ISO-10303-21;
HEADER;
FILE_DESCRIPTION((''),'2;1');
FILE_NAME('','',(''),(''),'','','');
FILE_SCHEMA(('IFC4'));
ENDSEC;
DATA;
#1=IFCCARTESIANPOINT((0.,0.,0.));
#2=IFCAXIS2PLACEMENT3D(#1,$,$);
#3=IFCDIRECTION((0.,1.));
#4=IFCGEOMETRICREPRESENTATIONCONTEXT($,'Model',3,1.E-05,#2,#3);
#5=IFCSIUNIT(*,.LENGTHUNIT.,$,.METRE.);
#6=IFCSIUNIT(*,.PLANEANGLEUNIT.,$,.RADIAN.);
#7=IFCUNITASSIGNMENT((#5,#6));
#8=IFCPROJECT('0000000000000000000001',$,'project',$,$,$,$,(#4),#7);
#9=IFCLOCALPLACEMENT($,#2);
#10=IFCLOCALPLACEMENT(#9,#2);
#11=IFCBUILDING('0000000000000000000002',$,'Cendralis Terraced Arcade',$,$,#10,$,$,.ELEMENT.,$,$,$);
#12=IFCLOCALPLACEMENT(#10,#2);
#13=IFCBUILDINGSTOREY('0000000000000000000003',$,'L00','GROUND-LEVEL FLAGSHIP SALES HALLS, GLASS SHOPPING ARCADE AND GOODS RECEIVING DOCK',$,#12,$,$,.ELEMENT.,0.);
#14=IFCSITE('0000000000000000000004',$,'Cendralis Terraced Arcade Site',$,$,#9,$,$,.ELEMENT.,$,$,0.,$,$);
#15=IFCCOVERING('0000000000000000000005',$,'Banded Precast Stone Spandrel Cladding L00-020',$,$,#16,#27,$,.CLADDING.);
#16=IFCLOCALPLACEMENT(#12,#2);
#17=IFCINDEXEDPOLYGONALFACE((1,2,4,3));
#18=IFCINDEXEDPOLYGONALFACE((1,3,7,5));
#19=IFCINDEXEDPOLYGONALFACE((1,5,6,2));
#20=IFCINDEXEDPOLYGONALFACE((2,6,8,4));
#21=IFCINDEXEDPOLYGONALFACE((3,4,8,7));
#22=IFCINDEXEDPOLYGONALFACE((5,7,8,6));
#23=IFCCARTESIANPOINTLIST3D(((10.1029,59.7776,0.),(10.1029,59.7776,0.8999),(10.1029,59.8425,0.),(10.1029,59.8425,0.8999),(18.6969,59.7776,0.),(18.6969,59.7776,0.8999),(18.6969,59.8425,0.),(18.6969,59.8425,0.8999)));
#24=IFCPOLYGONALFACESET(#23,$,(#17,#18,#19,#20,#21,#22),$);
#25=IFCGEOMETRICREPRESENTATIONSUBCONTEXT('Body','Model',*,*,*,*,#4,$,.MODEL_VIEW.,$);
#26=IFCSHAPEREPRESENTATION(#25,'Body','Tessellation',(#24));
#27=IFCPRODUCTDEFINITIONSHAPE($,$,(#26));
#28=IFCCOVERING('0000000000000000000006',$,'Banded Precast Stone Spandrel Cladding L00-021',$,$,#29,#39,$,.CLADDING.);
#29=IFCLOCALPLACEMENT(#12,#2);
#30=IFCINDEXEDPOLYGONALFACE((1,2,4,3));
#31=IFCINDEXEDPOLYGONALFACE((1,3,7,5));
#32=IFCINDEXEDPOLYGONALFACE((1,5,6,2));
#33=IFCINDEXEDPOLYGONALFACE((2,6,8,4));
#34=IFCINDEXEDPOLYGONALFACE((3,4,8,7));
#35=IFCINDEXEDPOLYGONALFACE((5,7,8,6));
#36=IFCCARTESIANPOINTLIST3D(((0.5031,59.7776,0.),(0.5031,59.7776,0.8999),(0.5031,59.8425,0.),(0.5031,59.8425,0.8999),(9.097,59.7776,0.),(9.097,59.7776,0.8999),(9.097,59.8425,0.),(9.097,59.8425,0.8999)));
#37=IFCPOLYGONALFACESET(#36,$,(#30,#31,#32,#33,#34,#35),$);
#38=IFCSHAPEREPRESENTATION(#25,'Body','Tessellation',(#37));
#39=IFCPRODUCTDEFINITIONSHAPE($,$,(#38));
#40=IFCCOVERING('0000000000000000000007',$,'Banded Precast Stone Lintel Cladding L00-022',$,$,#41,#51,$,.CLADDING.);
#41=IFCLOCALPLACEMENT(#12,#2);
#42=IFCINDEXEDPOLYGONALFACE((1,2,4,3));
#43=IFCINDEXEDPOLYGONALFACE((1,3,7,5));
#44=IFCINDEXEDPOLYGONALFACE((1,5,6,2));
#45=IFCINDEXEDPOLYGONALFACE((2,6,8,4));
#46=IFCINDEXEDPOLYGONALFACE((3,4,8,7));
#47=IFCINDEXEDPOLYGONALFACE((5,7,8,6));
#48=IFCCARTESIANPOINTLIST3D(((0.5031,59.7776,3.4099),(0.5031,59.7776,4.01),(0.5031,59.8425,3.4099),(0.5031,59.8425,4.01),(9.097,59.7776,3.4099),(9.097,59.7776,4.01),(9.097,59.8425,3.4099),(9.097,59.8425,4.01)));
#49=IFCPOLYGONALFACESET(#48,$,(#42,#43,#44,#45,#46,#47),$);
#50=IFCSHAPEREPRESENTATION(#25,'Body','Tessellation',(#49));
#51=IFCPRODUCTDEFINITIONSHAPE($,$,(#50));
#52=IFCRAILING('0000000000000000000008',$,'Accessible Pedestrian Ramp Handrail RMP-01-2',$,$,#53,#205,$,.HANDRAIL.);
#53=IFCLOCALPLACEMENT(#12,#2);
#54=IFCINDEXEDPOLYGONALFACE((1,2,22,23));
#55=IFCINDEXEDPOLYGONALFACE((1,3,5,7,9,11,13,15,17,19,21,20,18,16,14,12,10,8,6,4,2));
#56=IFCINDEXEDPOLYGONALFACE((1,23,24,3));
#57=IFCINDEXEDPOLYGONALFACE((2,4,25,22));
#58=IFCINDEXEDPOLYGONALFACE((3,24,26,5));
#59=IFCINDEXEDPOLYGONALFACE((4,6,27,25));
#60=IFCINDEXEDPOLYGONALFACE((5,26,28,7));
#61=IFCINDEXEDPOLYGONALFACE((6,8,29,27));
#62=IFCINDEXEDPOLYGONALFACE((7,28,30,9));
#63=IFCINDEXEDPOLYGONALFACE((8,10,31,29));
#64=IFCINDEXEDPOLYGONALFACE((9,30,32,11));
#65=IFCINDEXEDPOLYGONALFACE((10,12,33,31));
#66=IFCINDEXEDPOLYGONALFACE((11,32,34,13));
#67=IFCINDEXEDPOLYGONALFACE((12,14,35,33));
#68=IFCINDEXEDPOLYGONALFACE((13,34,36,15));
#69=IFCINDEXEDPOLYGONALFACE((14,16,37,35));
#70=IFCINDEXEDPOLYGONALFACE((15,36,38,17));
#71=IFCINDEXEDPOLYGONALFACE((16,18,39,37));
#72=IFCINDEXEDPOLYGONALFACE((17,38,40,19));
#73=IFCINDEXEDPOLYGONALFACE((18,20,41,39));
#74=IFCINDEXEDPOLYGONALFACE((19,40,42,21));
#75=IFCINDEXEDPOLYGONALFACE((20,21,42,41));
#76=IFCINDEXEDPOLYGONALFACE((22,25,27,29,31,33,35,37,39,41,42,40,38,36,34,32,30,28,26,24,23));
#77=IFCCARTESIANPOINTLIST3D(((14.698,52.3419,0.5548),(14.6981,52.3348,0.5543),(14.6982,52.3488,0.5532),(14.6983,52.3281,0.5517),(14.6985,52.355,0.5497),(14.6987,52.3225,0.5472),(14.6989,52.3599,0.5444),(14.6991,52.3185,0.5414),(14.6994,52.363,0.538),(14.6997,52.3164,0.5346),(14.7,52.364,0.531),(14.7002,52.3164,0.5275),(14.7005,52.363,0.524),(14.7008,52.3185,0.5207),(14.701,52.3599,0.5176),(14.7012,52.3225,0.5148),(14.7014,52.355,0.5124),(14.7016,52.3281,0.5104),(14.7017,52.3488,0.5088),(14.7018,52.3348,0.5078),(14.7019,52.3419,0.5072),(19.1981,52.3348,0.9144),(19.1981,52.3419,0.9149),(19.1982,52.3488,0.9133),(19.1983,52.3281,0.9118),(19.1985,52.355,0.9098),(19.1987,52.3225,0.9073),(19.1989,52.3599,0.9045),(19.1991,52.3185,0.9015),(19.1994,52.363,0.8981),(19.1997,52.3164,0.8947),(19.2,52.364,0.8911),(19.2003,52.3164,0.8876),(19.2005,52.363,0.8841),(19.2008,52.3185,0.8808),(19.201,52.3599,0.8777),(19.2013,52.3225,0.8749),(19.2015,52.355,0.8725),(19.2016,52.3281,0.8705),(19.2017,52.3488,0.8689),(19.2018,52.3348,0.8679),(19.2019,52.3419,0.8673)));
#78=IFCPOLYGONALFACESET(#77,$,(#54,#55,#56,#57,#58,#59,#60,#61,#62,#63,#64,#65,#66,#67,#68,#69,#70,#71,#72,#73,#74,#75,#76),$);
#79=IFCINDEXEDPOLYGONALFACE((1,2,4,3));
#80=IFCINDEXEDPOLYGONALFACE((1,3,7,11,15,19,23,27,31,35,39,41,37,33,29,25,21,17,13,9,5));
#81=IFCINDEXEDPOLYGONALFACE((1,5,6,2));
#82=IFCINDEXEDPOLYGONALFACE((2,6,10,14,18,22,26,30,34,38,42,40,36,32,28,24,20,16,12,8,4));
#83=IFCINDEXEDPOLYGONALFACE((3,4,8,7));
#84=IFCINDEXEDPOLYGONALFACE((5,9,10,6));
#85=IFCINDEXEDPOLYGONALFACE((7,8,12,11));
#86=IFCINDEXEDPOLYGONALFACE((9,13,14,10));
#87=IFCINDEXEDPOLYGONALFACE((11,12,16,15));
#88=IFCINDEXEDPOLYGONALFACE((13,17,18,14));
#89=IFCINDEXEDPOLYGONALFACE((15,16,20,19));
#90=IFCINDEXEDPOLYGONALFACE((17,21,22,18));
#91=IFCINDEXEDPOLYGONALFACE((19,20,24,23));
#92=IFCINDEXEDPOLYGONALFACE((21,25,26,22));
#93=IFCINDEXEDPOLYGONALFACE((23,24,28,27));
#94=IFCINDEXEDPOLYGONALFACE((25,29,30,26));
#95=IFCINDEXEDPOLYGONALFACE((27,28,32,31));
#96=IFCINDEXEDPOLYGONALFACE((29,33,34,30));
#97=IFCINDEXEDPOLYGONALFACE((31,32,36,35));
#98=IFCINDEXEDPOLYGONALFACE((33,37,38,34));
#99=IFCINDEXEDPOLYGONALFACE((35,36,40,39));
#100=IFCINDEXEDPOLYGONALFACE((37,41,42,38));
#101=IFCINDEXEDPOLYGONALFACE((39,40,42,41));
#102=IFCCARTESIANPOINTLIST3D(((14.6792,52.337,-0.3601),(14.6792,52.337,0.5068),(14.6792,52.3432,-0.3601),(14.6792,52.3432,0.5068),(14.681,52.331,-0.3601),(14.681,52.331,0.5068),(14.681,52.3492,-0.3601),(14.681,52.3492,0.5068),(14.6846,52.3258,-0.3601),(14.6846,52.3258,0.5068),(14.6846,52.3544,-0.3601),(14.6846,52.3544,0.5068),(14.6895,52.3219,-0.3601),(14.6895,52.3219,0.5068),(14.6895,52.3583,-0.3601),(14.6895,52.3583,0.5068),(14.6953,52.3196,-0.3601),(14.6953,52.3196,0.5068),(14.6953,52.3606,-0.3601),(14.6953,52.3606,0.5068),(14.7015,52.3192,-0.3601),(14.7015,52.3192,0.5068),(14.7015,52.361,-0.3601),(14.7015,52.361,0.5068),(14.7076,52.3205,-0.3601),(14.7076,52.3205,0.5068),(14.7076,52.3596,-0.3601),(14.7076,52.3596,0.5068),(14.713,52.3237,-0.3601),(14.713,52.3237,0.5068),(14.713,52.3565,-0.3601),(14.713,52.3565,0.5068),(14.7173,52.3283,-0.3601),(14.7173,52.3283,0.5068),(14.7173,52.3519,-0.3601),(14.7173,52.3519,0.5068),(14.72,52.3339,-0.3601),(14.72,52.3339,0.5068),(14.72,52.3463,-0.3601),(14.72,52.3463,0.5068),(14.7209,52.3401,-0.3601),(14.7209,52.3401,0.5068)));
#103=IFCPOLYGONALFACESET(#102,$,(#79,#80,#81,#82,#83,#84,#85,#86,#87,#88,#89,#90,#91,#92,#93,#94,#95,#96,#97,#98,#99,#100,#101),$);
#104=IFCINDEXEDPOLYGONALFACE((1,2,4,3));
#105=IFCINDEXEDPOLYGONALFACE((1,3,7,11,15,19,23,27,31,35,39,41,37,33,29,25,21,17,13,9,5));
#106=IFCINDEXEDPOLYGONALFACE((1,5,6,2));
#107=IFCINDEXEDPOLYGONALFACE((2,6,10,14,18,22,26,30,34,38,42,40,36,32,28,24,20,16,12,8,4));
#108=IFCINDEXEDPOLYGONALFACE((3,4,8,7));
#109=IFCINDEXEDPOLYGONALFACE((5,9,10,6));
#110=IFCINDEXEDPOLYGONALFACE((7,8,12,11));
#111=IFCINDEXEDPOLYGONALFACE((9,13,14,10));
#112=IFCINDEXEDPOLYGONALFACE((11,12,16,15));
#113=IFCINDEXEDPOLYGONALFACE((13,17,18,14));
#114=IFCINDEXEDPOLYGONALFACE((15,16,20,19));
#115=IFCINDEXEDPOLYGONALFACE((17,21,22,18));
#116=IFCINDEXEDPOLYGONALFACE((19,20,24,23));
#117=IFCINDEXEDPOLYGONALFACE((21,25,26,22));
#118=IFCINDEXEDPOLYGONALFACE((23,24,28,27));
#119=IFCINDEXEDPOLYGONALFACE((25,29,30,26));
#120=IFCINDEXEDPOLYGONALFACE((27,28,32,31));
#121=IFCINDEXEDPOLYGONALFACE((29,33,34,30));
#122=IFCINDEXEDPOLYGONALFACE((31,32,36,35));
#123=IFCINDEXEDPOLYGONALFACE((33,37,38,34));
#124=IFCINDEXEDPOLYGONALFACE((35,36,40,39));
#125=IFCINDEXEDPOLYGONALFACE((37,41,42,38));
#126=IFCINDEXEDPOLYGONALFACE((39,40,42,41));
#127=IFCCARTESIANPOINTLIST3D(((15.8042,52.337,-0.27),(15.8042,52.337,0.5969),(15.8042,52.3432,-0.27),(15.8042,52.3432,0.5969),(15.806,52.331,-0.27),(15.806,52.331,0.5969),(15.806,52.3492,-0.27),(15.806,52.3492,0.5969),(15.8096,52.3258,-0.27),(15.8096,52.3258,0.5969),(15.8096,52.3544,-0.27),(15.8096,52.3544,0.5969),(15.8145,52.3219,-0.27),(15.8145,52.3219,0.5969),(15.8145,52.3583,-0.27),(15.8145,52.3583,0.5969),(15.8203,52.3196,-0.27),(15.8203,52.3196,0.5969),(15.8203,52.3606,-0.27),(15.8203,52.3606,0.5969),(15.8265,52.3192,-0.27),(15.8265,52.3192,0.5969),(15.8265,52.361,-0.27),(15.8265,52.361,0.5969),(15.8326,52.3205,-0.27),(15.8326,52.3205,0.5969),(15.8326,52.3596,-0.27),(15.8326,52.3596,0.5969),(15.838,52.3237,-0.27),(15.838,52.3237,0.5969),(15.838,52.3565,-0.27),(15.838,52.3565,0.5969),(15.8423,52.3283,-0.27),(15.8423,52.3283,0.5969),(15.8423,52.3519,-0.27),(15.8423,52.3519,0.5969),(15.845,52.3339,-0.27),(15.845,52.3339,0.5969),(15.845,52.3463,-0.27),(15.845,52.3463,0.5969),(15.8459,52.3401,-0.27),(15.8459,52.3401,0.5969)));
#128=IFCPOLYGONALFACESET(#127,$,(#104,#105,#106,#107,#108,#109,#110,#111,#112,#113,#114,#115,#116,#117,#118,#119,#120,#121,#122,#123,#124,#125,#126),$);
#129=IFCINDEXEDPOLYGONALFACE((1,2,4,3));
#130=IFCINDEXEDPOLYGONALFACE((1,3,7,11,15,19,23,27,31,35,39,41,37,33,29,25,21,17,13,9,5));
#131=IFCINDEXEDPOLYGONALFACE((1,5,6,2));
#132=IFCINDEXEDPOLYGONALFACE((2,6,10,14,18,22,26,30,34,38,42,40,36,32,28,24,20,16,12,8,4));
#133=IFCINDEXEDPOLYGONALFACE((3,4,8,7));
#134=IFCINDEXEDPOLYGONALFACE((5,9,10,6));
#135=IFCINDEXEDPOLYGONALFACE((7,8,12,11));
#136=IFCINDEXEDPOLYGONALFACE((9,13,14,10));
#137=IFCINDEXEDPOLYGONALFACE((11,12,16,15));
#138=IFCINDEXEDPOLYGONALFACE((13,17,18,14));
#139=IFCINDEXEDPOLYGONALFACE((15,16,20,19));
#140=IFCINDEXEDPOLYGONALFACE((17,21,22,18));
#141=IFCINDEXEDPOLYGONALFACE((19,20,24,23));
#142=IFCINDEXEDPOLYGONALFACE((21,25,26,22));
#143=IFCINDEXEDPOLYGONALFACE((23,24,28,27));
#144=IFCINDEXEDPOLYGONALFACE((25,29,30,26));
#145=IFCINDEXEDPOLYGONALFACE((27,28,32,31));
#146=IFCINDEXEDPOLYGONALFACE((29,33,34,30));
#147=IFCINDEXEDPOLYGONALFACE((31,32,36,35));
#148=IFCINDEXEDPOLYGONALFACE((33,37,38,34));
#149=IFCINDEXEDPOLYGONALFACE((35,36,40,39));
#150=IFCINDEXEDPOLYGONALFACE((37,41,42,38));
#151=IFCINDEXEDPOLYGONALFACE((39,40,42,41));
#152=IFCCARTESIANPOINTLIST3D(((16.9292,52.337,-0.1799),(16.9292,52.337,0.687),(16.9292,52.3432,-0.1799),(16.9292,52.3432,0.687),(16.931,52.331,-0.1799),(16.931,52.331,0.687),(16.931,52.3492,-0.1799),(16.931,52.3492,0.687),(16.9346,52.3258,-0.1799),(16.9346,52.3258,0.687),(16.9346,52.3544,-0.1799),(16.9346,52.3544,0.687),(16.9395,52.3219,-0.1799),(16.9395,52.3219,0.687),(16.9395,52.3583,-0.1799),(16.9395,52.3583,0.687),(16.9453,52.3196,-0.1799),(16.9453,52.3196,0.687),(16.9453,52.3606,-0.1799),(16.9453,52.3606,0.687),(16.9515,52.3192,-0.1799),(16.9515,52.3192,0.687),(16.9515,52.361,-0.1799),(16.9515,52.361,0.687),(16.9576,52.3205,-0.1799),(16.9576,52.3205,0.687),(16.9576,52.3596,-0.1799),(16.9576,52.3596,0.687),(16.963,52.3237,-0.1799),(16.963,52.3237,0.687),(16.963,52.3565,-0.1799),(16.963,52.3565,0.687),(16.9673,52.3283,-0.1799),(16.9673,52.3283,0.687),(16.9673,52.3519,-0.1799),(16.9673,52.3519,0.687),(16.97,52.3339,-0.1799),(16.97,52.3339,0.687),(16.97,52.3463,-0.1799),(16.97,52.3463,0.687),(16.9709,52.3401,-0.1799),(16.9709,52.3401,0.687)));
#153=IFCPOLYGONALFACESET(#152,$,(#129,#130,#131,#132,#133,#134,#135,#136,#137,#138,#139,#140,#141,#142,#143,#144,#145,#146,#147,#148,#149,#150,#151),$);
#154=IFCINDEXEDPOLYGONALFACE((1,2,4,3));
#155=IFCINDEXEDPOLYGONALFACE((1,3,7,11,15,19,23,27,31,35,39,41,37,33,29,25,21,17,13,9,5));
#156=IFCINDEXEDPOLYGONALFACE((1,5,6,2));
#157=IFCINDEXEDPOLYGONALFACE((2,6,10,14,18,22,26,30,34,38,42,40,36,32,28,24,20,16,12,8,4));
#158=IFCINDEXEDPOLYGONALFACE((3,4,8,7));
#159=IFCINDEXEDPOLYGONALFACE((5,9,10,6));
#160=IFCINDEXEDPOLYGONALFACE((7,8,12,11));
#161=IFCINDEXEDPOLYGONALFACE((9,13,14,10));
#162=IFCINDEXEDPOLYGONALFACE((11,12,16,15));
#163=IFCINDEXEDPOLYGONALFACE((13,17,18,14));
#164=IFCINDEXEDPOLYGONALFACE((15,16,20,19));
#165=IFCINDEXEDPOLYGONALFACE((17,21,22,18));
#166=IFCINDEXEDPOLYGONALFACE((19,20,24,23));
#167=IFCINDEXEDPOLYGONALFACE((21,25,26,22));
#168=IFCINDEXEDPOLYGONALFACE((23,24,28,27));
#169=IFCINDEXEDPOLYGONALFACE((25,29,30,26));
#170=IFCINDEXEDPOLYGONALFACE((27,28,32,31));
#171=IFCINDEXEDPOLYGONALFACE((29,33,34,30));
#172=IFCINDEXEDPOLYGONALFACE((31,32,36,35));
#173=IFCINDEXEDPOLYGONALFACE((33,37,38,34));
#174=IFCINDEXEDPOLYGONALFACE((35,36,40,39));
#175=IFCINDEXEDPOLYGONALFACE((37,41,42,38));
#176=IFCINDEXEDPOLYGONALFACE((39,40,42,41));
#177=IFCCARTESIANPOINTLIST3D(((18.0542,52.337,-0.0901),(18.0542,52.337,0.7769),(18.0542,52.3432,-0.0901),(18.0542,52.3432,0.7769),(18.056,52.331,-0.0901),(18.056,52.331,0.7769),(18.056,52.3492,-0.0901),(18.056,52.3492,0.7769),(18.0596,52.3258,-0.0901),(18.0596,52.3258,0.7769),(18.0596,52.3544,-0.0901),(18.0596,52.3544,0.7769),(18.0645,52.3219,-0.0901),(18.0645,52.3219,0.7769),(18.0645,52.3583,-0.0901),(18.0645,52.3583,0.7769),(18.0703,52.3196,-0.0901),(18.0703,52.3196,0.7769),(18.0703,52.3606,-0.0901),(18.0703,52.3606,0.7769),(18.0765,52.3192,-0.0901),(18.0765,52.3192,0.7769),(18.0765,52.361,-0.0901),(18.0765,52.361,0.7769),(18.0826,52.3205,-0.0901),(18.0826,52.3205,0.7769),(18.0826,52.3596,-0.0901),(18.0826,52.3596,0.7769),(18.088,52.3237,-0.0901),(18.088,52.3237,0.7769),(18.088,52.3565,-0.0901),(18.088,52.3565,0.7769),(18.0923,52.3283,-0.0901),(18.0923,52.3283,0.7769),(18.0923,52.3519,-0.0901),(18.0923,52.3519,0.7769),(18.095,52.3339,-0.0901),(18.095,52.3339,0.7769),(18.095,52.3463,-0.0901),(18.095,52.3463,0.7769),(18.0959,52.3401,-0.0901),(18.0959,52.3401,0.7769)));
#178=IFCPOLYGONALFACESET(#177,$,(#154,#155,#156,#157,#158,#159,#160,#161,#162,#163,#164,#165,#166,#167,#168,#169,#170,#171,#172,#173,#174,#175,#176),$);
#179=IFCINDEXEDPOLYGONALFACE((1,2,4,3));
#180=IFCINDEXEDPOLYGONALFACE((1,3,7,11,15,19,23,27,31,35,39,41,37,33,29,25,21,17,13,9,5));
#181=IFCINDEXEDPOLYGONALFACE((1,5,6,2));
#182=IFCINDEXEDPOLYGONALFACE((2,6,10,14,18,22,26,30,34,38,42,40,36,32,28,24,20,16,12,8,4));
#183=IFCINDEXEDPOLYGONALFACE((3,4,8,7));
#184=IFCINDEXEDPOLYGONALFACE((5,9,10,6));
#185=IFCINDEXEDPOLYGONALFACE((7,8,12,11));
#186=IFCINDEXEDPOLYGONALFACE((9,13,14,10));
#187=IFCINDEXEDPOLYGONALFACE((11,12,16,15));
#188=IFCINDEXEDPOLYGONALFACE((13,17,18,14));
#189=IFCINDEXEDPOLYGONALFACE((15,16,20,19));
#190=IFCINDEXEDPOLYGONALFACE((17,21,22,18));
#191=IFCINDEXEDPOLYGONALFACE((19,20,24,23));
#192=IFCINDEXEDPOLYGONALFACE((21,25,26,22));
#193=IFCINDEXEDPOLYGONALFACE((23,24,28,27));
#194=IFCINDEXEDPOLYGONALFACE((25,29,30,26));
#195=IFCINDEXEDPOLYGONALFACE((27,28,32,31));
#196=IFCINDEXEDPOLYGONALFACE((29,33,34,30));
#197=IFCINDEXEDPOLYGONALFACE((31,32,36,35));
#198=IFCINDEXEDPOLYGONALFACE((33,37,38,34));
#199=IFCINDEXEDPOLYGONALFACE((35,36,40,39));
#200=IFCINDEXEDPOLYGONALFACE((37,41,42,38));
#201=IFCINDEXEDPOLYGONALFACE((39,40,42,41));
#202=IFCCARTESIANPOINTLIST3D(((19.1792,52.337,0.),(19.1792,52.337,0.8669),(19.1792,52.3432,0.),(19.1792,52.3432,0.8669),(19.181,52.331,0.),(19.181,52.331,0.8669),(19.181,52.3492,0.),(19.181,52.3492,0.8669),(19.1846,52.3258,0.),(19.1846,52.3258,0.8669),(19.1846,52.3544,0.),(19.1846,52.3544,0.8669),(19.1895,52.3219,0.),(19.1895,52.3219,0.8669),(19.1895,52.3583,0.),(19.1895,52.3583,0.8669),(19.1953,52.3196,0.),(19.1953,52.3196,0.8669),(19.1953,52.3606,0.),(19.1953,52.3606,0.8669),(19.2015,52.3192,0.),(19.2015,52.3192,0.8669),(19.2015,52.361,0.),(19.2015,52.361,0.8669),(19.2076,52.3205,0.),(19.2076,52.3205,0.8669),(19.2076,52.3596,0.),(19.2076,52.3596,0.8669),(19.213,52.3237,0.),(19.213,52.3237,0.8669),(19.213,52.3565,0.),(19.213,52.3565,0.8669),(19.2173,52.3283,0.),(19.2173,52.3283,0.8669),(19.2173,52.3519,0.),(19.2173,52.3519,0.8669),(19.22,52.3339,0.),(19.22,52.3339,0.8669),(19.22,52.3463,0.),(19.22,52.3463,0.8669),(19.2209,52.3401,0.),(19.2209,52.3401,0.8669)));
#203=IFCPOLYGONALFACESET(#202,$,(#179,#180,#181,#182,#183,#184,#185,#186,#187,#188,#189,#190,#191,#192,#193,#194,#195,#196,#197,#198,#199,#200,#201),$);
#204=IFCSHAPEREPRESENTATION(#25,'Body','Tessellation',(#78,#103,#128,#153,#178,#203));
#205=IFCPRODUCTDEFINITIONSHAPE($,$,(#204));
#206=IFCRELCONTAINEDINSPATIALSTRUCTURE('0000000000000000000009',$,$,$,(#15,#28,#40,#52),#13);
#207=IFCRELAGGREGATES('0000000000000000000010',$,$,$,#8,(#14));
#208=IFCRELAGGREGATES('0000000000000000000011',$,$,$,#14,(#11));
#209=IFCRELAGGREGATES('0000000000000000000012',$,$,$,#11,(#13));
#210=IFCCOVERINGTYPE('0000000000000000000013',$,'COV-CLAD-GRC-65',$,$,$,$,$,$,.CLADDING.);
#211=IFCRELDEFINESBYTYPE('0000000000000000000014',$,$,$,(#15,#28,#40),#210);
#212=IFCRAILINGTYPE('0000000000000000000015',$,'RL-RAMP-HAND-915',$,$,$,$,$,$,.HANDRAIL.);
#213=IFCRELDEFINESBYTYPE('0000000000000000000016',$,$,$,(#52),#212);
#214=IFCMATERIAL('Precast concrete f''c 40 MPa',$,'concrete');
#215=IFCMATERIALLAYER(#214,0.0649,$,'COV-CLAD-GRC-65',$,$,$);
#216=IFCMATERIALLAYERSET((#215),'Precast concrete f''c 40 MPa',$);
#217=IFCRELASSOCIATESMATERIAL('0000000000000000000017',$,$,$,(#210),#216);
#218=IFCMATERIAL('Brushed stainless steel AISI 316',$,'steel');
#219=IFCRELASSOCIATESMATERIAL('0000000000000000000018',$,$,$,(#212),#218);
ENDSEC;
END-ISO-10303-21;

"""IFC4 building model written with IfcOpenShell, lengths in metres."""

from ifc_helpers import new_model, si_unit, direction, frame, origin, origin_2d, place, context, subcontext, project, spatial, rectangle, circle, extrude, material, layer, layer_set, type_object, element, save


model = new_model("IFC4")

# Units and contexts
model_context = context("Model", 3, precision=1e-05, world=origin(), true_north=direction((0.0, 1.0)))
body_context = subcontext(model_context, "Body", "Model", "MODEL_VIEW")
ifc_project = project(units=[si_unit("LENGTHUNIT", "METRE"), si_unit("PLANEANGLEUNIT", "RADIAN")], contexts=[model_context])

# Site, building, storey
site_placement = place(None, origin())
site = spatial("IfcSite", under=ifc_project, at=site_placement, Name="Cendralis Terraced Arcade Site", CompositionType="ELEMENT", RefElevation=0.0)
building_placement = place(site_placement, origin())
building = spatial("IfcBuilding", under=site, at=building_placement, Name="Cendralis Terraced Arcade", CompositionType="ELEMENT")
storey_placement = place(building_placement, origin())
storey = spatial("IfcBuildingStorey", under=building, at=storey_placement, Name="L00", Description="GROUND-LEVEL FLAGSHIP SALES HALLS, GLASS SHOPPING ARCADE AND GOODS RECEIVING DOCK", CompositionType="ELEMENT", Elevation=0.0)

# Shared definitions
ifc_material_1 = material(Name="Precast concrete f'c 40 MPa", Category="concrete")

# Coverings
ifc_layer_1 = layer(ifc_material_1, 0.0649, Name="COV-CLAD-GRC-65")
ifc_layer_set_1 = layer_set([ifc_layer_1], Name="Precast concrete f'c 40 MPa")
covering_type = type_object("IfcCoveringType", Name="COV-CLAD-GRC-65", PredefinedType="CLADDING", material=ifc_layer_set_1)
for number, where, z_axis, x_axis, name in (
    (1, (14.3999, 59.8101, 0.0), (0.0, 0.0, 1.0), (-1.0, 0.0, 0.0), "Banded Precast Stone Spandrel Cladding L00-020"),
    (2, (4.8, 59.8101, 0.0), (0.0, 0.0, 1.0), (-1.0, 0.0, 0.0), "Banded Precast Stone Spandrel Cladding L00-021"),
):
    element("IfcCovering", number, at=place(storey_placement, frame(where, z_axis=z_axis, x_axis=x_axis)), inside=storey, type_object=covering_type, Name=name, PredefinedType="CLADDING", context=body_context, shape_type="SweptSolid", body=[
        extrude(rectangle(XDim=8.594, YDim=0.0649, at=origin_2d()), origin(), (0.0, 0.0, 1.0), 0.8999),
    ])
covering_placement = place(storey_placement, frame((4.8, 59.8101, 3.4099), z_axis=(0.0, 0.0, 1.0), x_axis=(-1.0, 0.0, 0.0)))
element("IfcCovering", 3, at=covering_placement, inside=storey, type_object=covering_type, Name="Banded Precast Stone Lintel Cladding L00-022", PredefinedType="CLADDING", context=body_context, shape_type="SweptSolid", body=[
    extrude(rectangle(XDim=8.594, YDim=0.0649, at=origin_2d()), origin(), (0.0, 0.0, 1.0), 0.6001),
])

# Railing
ifc_material_2 = material(Name="Brushed stainless steel AISI 316", Category="steel")
railing_type = type_object("IfcRailingType", Name="RL-RAMP-HAND-915", PredefinedType="HANDRAIL", material=ifc_material_2)
railing_placement = place(storey_placement, frame((14.7, 52.3401, -0.3601)))
element("IfcRailing", 4, at=railing_placement, inside=storey, type_object=railing_type, Name="Accessible Pedestrian Ramp Handrail RMP-01-2", PredefinedType="HANDRAIL", context=body_context, shape_type="SweptSolid", body=[
    extrude(circle(Radius=0.0239, at=origin_2d()), frame((0.0, 0.0, 0.8911), z_axis=(0.996813, 0.0, 0.079769), x_axis=(0.0, 1.0, 0.0)), (0.0, 0.0, 1.0), 4.5144),
    extrude(circle(Radius=0.021, at=origin_2d()), origin(), (0.0, 0.0, 1.0), 0.8669),
    extrude(circle(Radius=0.021, at=origin_2d()), frame((1.125, 0.0, 0.0901)), (0.0, 0.0, 1.0), 0.8669),
    extrude(circle(Radius=0.021, at=origin_2d()), frame((2.25, 0.0, 0.1802)), (0.0, 0.0, 1.0), 0.8669),
    extrude(circle(Radius=0.021, at=origin_2d()), frame((3.375, 0.0, 0.27)), (0.0, 0.0, 1.0), 0.8669),
    extrude(circle(Radius=0.021, at=origin_2d()), frame((4.5, 0.0, 0.3601)), (0.0, 0.0, 1.0), 0.8669),
])

save(model, "model.ifc")
